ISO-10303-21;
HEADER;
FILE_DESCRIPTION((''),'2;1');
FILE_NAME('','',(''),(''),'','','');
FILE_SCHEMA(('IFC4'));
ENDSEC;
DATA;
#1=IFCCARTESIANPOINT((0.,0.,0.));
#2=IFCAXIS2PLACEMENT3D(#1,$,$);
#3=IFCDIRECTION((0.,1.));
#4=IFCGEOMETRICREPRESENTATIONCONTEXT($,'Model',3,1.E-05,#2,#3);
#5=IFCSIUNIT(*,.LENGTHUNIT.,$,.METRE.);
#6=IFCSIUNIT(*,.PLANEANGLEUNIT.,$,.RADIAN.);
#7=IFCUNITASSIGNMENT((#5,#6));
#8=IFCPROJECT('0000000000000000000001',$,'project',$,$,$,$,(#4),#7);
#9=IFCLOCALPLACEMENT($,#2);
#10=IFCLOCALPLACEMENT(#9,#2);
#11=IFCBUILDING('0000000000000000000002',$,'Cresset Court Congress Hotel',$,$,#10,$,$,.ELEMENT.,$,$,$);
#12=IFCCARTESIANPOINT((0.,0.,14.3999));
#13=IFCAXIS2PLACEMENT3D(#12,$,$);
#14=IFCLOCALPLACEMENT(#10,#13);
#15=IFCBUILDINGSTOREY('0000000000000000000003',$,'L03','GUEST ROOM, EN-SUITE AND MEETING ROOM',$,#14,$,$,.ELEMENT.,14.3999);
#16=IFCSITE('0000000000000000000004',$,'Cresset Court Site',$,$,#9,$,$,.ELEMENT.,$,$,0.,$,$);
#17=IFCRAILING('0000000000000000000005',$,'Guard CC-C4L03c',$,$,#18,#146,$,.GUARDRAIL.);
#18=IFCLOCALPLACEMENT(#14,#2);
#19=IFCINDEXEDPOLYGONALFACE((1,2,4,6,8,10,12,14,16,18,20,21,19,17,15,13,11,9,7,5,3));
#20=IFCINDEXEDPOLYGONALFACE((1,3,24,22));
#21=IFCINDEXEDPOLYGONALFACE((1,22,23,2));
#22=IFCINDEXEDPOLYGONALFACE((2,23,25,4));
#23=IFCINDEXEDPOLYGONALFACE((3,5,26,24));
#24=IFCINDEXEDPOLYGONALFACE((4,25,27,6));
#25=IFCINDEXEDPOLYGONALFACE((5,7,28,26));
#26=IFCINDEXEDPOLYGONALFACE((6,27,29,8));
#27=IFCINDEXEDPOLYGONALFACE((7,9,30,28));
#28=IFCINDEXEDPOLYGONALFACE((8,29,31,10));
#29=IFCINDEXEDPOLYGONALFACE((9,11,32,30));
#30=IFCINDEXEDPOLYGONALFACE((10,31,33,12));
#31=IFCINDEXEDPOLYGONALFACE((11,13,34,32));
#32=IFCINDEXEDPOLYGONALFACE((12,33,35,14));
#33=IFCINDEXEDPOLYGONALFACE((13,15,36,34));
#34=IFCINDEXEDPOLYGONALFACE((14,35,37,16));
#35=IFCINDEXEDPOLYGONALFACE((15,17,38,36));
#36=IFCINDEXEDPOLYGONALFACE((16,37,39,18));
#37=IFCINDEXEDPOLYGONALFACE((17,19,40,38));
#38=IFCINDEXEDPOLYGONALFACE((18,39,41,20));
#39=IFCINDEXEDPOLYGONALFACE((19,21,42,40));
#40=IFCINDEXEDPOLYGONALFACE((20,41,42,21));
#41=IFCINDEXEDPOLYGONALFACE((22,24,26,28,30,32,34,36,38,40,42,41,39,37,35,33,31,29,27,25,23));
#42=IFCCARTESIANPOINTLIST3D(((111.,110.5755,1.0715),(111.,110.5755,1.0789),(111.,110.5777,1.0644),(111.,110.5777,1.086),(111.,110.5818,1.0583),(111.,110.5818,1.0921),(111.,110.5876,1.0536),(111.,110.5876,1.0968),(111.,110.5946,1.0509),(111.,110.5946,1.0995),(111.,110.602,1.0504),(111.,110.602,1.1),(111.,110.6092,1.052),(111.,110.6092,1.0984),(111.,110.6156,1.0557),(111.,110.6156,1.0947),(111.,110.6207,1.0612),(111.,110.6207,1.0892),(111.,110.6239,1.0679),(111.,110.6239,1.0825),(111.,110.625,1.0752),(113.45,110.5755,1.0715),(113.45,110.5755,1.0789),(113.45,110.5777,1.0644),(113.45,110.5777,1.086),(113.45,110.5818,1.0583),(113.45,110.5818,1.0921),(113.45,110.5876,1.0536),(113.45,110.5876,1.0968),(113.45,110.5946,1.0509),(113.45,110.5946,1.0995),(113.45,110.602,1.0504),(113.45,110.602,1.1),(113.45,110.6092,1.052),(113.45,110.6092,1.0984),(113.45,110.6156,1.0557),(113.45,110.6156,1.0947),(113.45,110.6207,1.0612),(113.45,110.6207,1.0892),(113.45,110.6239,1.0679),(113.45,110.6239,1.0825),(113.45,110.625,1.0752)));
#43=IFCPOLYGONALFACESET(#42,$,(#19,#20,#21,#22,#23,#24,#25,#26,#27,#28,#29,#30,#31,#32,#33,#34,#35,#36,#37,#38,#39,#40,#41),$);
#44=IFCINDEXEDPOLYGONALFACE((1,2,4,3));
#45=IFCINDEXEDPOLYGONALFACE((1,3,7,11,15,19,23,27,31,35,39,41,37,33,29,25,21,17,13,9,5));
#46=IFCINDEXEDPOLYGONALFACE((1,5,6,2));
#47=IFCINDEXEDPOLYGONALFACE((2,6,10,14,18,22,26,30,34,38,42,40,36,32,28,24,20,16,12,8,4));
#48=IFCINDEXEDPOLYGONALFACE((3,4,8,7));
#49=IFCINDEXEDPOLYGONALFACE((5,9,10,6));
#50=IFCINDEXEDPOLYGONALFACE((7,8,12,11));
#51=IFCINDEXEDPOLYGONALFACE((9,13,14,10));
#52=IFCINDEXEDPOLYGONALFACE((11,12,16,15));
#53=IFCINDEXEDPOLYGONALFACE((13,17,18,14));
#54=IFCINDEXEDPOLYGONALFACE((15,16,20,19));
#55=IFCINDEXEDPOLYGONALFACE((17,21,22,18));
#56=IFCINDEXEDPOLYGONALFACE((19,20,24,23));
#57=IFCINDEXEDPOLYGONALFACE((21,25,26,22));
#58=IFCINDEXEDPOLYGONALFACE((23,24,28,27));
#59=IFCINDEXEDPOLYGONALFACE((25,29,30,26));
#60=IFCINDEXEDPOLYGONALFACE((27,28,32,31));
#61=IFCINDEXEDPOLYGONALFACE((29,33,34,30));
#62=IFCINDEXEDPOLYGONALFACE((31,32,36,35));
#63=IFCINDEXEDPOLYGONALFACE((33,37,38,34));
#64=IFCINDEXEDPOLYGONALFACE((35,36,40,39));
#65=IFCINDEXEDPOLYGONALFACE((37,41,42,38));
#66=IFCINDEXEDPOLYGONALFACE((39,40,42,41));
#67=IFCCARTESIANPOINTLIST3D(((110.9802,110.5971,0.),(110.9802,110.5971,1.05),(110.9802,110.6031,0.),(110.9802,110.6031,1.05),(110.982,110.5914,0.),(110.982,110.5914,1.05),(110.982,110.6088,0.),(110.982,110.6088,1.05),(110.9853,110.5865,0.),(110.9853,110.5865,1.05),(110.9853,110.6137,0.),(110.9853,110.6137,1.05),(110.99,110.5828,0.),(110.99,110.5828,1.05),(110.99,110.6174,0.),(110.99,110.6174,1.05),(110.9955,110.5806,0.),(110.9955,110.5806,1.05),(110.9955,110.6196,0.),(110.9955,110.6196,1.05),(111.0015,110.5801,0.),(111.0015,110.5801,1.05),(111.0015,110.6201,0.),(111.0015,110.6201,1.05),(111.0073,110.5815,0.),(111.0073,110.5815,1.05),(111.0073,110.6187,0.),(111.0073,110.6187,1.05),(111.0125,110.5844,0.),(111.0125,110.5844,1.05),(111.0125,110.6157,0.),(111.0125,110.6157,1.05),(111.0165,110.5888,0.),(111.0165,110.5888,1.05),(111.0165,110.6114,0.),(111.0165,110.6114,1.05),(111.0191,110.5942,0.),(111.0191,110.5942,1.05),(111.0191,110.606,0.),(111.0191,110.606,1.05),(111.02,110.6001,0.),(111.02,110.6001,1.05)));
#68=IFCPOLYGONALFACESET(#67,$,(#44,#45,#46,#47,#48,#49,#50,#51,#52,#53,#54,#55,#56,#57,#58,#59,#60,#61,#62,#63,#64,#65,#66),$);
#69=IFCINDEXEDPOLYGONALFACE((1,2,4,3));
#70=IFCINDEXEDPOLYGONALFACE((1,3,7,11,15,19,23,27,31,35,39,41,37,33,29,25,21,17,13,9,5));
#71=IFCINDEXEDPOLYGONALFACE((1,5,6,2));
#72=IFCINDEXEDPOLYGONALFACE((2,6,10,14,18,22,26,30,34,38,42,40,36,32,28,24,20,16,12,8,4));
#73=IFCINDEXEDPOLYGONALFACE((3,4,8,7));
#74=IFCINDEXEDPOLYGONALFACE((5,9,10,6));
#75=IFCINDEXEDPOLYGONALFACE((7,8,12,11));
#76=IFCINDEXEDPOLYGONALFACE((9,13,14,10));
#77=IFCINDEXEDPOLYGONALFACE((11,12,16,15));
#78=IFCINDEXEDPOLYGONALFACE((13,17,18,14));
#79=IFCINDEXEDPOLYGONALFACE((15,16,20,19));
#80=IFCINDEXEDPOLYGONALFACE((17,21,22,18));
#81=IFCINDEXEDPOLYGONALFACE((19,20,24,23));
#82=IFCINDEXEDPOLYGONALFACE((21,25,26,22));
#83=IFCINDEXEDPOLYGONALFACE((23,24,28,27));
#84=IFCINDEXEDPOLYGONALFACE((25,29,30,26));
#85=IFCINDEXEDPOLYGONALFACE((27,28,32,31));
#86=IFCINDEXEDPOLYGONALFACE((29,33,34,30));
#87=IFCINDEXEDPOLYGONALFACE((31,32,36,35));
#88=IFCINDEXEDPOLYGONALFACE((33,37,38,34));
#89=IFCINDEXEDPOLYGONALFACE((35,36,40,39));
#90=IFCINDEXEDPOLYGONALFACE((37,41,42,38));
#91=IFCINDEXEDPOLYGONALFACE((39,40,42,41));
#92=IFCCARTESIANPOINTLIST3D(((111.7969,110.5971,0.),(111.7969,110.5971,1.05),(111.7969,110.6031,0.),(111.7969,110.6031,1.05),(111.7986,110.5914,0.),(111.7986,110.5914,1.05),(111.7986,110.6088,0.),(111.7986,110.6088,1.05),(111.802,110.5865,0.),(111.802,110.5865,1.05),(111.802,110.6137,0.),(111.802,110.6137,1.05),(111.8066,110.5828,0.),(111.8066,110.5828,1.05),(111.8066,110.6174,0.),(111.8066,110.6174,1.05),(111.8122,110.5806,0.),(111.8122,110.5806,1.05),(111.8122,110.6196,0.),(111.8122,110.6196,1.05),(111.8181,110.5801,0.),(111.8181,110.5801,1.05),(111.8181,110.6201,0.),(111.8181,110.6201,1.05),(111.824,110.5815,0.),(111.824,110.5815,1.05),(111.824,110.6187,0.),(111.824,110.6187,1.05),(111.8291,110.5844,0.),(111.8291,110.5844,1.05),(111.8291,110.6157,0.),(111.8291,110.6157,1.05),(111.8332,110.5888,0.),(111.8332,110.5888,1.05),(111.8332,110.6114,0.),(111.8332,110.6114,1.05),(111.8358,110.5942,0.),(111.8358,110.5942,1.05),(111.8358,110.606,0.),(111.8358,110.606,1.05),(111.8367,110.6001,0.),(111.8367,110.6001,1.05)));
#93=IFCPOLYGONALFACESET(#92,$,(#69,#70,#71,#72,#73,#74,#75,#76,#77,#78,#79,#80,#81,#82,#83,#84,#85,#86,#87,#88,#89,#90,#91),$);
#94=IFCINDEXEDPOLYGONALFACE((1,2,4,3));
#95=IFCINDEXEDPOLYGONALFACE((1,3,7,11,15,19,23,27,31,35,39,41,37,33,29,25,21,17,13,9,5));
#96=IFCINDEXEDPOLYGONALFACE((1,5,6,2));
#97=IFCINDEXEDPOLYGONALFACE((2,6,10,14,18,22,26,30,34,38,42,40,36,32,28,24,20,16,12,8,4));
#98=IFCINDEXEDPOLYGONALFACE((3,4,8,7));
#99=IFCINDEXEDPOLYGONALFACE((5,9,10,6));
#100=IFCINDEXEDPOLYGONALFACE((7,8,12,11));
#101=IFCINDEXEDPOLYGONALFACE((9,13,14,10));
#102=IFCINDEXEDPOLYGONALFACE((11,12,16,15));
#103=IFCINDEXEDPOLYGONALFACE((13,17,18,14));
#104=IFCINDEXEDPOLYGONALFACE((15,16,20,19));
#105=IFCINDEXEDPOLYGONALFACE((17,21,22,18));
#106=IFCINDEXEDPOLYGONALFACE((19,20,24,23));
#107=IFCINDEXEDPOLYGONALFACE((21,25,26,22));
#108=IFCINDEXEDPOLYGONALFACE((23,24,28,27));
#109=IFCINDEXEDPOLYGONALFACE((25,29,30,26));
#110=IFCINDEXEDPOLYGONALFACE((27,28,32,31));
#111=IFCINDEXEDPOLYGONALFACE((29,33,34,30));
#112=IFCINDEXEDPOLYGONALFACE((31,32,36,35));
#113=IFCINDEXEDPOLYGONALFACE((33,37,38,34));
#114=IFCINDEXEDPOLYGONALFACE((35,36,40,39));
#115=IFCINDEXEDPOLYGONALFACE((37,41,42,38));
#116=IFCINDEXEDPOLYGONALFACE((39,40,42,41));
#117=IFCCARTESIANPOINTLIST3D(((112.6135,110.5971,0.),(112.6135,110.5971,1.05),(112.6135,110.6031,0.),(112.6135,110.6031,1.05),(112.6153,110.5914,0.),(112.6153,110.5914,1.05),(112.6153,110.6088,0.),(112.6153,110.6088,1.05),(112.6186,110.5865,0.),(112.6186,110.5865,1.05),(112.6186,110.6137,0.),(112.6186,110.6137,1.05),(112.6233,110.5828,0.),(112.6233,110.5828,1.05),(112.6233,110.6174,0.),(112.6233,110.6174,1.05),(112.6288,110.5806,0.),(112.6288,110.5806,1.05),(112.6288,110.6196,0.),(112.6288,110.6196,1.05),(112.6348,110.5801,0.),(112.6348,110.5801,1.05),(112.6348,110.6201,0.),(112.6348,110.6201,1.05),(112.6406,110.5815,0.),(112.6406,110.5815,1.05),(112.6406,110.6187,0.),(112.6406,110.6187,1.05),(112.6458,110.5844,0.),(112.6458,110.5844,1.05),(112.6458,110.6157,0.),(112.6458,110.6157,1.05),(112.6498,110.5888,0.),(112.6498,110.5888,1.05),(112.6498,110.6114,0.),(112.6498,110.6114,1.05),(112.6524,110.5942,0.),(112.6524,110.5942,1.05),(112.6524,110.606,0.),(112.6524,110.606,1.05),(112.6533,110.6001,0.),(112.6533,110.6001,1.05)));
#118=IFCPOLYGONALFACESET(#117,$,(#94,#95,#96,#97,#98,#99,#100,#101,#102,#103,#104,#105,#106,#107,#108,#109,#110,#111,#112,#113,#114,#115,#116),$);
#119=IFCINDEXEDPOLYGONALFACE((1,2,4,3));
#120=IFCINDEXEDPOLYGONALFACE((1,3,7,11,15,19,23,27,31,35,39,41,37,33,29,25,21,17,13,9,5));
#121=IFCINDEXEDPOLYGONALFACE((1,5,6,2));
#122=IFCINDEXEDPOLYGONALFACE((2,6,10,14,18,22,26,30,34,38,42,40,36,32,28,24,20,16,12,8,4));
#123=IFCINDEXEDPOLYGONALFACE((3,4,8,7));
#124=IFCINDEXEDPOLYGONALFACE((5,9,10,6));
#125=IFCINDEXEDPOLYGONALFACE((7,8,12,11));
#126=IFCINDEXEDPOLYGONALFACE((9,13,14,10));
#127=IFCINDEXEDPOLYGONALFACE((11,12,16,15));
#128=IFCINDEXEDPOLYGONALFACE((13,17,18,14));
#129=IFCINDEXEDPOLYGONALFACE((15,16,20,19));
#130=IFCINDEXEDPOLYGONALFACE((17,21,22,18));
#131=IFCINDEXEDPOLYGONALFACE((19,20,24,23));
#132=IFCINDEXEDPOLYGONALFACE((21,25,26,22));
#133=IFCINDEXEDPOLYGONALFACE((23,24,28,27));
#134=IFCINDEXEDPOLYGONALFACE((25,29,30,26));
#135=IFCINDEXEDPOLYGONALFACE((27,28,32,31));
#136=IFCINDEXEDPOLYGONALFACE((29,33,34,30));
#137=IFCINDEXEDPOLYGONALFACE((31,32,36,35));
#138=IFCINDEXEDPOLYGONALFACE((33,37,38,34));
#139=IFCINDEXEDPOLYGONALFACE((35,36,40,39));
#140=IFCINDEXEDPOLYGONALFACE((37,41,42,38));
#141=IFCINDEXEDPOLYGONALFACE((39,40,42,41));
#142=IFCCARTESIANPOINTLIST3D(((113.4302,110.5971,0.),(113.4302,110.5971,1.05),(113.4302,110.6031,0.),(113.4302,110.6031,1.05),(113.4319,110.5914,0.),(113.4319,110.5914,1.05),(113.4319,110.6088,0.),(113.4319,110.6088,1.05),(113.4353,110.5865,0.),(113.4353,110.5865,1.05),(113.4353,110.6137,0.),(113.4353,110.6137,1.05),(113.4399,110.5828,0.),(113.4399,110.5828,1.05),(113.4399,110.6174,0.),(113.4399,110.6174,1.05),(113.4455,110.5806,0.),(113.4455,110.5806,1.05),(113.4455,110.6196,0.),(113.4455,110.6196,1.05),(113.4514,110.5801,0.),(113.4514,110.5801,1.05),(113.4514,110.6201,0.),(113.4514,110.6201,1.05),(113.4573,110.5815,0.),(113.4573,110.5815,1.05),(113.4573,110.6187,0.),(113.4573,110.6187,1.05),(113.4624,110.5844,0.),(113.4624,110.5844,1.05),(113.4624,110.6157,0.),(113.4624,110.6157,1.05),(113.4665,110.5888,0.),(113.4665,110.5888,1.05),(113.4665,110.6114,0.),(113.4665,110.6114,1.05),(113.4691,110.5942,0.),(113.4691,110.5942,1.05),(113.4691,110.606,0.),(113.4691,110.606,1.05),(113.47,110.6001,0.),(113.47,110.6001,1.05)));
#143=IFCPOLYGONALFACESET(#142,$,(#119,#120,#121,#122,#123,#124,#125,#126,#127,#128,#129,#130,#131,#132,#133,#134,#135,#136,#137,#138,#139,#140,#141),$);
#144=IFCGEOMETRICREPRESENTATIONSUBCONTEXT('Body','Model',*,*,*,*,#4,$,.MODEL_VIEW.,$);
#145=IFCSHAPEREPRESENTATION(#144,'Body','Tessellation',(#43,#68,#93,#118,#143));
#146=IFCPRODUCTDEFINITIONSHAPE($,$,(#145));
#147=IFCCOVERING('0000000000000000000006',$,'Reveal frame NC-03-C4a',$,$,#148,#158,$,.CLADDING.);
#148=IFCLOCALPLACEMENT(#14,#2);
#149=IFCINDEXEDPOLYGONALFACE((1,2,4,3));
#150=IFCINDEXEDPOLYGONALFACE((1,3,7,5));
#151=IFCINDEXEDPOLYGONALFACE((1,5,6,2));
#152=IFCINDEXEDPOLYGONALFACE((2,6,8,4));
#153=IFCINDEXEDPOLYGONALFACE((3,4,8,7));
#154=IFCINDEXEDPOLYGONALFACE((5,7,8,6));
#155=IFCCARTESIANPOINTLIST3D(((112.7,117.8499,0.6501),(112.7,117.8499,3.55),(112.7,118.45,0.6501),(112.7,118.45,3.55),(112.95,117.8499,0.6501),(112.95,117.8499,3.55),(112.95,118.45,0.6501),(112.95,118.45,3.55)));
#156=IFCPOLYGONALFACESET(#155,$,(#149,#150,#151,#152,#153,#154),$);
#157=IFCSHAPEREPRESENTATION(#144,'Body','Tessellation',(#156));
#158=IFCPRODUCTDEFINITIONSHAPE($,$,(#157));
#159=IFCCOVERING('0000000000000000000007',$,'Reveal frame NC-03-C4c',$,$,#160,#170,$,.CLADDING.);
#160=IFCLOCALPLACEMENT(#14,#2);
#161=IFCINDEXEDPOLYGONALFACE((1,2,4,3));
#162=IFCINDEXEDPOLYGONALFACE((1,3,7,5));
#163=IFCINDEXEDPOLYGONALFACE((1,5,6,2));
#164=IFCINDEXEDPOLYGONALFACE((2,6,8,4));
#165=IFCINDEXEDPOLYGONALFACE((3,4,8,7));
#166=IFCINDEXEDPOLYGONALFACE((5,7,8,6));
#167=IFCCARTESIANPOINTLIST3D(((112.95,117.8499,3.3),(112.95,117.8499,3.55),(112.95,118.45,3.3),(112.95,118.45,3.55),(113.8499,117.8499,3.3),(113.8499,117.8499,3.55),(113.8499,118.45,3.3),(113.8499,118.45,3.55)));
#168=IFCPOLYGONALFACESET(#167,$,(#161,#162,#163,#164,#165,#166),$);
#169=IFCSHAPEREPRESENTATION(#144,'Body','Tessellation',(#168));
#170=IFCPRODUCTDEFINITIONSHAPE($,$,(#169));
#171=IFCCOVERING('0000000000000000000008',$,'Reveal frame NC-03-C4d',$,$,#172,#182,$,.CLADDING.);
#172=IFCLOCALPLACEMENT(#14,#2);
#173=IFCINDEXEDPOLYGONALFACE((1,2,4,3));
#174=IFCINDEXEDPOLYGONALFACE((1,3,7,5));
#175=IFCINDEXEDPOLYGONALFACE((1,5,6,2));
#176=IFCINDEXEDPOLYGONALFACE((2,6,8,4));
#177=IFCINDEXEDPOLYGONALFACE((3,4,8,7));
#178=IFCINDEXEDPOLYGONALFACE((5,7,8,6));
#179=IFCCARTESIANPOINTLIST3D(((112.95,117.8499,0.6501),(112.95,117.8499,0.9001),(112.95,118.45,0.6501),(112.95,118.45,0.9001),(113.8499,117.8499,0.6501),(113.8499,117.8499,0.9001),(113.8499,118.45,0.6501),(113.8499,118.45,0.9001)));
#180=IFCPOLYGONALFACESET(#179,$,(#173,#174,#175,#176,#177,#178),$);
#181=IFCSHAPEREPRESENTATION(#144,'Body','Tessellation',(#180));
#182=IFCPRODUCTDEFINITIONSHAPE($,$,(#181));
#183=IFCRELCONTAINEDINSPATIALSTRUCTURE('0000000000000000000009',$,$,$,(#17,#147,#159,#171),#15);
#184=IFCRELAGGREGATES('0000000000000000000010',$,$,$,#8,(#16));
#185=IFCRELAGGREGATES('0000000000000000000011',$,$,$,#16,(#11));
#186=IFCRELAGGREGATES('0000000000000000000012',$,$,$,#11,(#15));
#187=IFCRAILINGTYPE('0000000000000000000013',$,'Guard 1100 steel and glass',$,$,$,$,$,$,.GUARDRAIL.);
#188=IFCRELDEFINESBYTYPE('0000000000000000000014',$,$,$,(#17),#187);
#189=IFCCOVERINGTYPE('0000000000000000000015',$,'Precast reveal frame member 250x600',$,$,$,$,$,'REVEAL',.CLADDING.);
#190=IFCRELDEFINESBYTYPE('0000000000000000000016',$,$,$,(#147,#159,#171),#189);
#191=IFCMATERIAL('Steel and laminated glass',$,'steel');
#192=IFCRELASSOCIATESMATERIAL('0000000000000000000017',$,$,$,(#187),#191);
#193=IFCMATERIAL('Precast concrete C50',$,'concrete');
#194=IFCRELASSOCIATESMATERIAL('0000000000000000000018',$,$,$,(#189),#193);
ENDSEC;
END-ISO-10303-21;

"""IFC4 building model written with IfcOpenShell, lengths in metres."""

from ifc_helpers import new_model, si_unit, direction, frame, origin, origin_2d, place, context, subcontext, project, spatial, rectangle, circle, extrude, material, type_object, element, save


model = new_model("IFC4")

# Units and contexts
model_context = context("Model", 3, precision=1e-05, world=origin(), true_north=direction((0.0, 1.0)))
body_context = subcontext(model_context, "Body", "Model", "MODEL_VIEW")
ifc_project = project(units=[si_unit("LENGTHUNIT", "METRE"), si_unit("PLANEANGLEUNIT", "RADIAN")], contexts=[model_context])

# Site, building, storey
site_placement = place(None, origin())
site = spatial("IfcSite", under=ifc_project, at=site_placement, Name="Cresset Court Site", CompositionType="ELEMENT", RefElevation=0.0)
building_placement = place(site_placement, origin())
building = spatial("IfcBuilding", under=site, at=building_placement, Name="Cresset Court Congress Hotel", CompositionType="ELEMENT")
storey_placement = place(building_placement, frame((0.0, 0.0, 14.3999)))
storey = spatial("IfcBuildingStorey", under=building, at=storey_placement, Name="L03", Description="GUEST ROOM, EN-SUITE AND MEETING ROOM", CompositionType="ELEMENT", Elevation=14.3999)

# Railing
ifc_material_1 = material(Name="Steel and laminated glass", Category="steel")
railing_type = type_object("IfcRailingType", Name="Guard 1100 steel and glass", PredefinedType="GUARDRAIL", material=ifc_material_1)
railing_1_placement = place(storey_placement, frame((111.0, 110.6001, 0.0)))
element("IfcRailing", 1, at=railing_1_placement, inside=storey, type_object=railing_type, Name="Guard CC-C4L03c", PredefinedType="GUARDRAIL", context=body_context, shape_type="SweptSolid", body=[
    extrude(circle(Radius=0.0249, at=origin_2d()), frame((0.0, 0.0, 1.0752), z_axis=(1.0, 0.0, 0.0), x_axis=(0.0, 1.0, 0.0)), (0.0, 0.0, 1.0), 2.45),
    extrude(circle(Radius=0.02, at=origin_2d()), origin(), (0.0, 0.0, 1.0), 1.05),
    extrude(circle(Radius=0.02, at=origin_2d()), frame((0.8167, 0.0, 0.0)), (0.0, 0.0, 1.0), 1.05),
    extrude(circle(Radius=0.02, at=origin_2d()), frame((1.6333, 0.0, 0.0)), (0.0, 0.0, 1.0), 1.05),
    extrude(circle(Radius=0.02, at=origin_2d()), frame((2.45, 0.0, 0.0)), (0.0, 0.0, 1.0), 1.05),
])

# Coverings
ifc_material_2 = material(Name="Precast concrete C50", Category="concrete")
covering_type = type_object("IfcCoveringType", Name="Precast reveal frame member 250x600", ElementType="REVEAL", PredefinedType="CLADDING", material=ifc_material_2)
covering_placement = place(storey_placement, frame((112.825, 118.1499, 0.6501), z_axis=(0.0, 0.0, 1.0), x_axis=(1.0, 0.0, 0.0)))
element("IfcCovering", 2, at=covering_placement, inside=storey, type_object=covering_type, Name="Reveal frame NC-03-C4a", PredefinedType="CLADDING", context=body_context, shape_type="SweptSolid", body=[
    extrude(rectangle(XDim=0.25, YDim=0.6001, at=origin_2d()), origin(), (0.0, 0.0, 1.0), 2.8999),
])
for number, where, z_axis, x_axis, name in (
    (3, (113.3999, 118.1499, 3.3), (0.0, 0.0, 1.0), (1.0, 0.0, 0.0), "Reveal frame NC-03-C4c"),
    (4, (113.3999, 118.1499, 0.6501), (0.0, 0.0, 1.0), (1.0, 0.0, 0.0), "Reveal frame NC-03-C4d"),
):
    element("IfcCovering", number, at=place(storey_placement, frame(where, z_axis=z_axis, x_axis=x_axis)), inside=storey, type_object=covering_type, Name=name, PredefinedType="CLADDING", context=body_context, shape_type="SweptSolid", body=[
        extrude(rectangle(XDim=0.8999, YDim=0.6001, at=origin_2d()), origin(), (0.0, 0.0, 1.0), 0.25),
    ])

save(model, "model.ifc")
